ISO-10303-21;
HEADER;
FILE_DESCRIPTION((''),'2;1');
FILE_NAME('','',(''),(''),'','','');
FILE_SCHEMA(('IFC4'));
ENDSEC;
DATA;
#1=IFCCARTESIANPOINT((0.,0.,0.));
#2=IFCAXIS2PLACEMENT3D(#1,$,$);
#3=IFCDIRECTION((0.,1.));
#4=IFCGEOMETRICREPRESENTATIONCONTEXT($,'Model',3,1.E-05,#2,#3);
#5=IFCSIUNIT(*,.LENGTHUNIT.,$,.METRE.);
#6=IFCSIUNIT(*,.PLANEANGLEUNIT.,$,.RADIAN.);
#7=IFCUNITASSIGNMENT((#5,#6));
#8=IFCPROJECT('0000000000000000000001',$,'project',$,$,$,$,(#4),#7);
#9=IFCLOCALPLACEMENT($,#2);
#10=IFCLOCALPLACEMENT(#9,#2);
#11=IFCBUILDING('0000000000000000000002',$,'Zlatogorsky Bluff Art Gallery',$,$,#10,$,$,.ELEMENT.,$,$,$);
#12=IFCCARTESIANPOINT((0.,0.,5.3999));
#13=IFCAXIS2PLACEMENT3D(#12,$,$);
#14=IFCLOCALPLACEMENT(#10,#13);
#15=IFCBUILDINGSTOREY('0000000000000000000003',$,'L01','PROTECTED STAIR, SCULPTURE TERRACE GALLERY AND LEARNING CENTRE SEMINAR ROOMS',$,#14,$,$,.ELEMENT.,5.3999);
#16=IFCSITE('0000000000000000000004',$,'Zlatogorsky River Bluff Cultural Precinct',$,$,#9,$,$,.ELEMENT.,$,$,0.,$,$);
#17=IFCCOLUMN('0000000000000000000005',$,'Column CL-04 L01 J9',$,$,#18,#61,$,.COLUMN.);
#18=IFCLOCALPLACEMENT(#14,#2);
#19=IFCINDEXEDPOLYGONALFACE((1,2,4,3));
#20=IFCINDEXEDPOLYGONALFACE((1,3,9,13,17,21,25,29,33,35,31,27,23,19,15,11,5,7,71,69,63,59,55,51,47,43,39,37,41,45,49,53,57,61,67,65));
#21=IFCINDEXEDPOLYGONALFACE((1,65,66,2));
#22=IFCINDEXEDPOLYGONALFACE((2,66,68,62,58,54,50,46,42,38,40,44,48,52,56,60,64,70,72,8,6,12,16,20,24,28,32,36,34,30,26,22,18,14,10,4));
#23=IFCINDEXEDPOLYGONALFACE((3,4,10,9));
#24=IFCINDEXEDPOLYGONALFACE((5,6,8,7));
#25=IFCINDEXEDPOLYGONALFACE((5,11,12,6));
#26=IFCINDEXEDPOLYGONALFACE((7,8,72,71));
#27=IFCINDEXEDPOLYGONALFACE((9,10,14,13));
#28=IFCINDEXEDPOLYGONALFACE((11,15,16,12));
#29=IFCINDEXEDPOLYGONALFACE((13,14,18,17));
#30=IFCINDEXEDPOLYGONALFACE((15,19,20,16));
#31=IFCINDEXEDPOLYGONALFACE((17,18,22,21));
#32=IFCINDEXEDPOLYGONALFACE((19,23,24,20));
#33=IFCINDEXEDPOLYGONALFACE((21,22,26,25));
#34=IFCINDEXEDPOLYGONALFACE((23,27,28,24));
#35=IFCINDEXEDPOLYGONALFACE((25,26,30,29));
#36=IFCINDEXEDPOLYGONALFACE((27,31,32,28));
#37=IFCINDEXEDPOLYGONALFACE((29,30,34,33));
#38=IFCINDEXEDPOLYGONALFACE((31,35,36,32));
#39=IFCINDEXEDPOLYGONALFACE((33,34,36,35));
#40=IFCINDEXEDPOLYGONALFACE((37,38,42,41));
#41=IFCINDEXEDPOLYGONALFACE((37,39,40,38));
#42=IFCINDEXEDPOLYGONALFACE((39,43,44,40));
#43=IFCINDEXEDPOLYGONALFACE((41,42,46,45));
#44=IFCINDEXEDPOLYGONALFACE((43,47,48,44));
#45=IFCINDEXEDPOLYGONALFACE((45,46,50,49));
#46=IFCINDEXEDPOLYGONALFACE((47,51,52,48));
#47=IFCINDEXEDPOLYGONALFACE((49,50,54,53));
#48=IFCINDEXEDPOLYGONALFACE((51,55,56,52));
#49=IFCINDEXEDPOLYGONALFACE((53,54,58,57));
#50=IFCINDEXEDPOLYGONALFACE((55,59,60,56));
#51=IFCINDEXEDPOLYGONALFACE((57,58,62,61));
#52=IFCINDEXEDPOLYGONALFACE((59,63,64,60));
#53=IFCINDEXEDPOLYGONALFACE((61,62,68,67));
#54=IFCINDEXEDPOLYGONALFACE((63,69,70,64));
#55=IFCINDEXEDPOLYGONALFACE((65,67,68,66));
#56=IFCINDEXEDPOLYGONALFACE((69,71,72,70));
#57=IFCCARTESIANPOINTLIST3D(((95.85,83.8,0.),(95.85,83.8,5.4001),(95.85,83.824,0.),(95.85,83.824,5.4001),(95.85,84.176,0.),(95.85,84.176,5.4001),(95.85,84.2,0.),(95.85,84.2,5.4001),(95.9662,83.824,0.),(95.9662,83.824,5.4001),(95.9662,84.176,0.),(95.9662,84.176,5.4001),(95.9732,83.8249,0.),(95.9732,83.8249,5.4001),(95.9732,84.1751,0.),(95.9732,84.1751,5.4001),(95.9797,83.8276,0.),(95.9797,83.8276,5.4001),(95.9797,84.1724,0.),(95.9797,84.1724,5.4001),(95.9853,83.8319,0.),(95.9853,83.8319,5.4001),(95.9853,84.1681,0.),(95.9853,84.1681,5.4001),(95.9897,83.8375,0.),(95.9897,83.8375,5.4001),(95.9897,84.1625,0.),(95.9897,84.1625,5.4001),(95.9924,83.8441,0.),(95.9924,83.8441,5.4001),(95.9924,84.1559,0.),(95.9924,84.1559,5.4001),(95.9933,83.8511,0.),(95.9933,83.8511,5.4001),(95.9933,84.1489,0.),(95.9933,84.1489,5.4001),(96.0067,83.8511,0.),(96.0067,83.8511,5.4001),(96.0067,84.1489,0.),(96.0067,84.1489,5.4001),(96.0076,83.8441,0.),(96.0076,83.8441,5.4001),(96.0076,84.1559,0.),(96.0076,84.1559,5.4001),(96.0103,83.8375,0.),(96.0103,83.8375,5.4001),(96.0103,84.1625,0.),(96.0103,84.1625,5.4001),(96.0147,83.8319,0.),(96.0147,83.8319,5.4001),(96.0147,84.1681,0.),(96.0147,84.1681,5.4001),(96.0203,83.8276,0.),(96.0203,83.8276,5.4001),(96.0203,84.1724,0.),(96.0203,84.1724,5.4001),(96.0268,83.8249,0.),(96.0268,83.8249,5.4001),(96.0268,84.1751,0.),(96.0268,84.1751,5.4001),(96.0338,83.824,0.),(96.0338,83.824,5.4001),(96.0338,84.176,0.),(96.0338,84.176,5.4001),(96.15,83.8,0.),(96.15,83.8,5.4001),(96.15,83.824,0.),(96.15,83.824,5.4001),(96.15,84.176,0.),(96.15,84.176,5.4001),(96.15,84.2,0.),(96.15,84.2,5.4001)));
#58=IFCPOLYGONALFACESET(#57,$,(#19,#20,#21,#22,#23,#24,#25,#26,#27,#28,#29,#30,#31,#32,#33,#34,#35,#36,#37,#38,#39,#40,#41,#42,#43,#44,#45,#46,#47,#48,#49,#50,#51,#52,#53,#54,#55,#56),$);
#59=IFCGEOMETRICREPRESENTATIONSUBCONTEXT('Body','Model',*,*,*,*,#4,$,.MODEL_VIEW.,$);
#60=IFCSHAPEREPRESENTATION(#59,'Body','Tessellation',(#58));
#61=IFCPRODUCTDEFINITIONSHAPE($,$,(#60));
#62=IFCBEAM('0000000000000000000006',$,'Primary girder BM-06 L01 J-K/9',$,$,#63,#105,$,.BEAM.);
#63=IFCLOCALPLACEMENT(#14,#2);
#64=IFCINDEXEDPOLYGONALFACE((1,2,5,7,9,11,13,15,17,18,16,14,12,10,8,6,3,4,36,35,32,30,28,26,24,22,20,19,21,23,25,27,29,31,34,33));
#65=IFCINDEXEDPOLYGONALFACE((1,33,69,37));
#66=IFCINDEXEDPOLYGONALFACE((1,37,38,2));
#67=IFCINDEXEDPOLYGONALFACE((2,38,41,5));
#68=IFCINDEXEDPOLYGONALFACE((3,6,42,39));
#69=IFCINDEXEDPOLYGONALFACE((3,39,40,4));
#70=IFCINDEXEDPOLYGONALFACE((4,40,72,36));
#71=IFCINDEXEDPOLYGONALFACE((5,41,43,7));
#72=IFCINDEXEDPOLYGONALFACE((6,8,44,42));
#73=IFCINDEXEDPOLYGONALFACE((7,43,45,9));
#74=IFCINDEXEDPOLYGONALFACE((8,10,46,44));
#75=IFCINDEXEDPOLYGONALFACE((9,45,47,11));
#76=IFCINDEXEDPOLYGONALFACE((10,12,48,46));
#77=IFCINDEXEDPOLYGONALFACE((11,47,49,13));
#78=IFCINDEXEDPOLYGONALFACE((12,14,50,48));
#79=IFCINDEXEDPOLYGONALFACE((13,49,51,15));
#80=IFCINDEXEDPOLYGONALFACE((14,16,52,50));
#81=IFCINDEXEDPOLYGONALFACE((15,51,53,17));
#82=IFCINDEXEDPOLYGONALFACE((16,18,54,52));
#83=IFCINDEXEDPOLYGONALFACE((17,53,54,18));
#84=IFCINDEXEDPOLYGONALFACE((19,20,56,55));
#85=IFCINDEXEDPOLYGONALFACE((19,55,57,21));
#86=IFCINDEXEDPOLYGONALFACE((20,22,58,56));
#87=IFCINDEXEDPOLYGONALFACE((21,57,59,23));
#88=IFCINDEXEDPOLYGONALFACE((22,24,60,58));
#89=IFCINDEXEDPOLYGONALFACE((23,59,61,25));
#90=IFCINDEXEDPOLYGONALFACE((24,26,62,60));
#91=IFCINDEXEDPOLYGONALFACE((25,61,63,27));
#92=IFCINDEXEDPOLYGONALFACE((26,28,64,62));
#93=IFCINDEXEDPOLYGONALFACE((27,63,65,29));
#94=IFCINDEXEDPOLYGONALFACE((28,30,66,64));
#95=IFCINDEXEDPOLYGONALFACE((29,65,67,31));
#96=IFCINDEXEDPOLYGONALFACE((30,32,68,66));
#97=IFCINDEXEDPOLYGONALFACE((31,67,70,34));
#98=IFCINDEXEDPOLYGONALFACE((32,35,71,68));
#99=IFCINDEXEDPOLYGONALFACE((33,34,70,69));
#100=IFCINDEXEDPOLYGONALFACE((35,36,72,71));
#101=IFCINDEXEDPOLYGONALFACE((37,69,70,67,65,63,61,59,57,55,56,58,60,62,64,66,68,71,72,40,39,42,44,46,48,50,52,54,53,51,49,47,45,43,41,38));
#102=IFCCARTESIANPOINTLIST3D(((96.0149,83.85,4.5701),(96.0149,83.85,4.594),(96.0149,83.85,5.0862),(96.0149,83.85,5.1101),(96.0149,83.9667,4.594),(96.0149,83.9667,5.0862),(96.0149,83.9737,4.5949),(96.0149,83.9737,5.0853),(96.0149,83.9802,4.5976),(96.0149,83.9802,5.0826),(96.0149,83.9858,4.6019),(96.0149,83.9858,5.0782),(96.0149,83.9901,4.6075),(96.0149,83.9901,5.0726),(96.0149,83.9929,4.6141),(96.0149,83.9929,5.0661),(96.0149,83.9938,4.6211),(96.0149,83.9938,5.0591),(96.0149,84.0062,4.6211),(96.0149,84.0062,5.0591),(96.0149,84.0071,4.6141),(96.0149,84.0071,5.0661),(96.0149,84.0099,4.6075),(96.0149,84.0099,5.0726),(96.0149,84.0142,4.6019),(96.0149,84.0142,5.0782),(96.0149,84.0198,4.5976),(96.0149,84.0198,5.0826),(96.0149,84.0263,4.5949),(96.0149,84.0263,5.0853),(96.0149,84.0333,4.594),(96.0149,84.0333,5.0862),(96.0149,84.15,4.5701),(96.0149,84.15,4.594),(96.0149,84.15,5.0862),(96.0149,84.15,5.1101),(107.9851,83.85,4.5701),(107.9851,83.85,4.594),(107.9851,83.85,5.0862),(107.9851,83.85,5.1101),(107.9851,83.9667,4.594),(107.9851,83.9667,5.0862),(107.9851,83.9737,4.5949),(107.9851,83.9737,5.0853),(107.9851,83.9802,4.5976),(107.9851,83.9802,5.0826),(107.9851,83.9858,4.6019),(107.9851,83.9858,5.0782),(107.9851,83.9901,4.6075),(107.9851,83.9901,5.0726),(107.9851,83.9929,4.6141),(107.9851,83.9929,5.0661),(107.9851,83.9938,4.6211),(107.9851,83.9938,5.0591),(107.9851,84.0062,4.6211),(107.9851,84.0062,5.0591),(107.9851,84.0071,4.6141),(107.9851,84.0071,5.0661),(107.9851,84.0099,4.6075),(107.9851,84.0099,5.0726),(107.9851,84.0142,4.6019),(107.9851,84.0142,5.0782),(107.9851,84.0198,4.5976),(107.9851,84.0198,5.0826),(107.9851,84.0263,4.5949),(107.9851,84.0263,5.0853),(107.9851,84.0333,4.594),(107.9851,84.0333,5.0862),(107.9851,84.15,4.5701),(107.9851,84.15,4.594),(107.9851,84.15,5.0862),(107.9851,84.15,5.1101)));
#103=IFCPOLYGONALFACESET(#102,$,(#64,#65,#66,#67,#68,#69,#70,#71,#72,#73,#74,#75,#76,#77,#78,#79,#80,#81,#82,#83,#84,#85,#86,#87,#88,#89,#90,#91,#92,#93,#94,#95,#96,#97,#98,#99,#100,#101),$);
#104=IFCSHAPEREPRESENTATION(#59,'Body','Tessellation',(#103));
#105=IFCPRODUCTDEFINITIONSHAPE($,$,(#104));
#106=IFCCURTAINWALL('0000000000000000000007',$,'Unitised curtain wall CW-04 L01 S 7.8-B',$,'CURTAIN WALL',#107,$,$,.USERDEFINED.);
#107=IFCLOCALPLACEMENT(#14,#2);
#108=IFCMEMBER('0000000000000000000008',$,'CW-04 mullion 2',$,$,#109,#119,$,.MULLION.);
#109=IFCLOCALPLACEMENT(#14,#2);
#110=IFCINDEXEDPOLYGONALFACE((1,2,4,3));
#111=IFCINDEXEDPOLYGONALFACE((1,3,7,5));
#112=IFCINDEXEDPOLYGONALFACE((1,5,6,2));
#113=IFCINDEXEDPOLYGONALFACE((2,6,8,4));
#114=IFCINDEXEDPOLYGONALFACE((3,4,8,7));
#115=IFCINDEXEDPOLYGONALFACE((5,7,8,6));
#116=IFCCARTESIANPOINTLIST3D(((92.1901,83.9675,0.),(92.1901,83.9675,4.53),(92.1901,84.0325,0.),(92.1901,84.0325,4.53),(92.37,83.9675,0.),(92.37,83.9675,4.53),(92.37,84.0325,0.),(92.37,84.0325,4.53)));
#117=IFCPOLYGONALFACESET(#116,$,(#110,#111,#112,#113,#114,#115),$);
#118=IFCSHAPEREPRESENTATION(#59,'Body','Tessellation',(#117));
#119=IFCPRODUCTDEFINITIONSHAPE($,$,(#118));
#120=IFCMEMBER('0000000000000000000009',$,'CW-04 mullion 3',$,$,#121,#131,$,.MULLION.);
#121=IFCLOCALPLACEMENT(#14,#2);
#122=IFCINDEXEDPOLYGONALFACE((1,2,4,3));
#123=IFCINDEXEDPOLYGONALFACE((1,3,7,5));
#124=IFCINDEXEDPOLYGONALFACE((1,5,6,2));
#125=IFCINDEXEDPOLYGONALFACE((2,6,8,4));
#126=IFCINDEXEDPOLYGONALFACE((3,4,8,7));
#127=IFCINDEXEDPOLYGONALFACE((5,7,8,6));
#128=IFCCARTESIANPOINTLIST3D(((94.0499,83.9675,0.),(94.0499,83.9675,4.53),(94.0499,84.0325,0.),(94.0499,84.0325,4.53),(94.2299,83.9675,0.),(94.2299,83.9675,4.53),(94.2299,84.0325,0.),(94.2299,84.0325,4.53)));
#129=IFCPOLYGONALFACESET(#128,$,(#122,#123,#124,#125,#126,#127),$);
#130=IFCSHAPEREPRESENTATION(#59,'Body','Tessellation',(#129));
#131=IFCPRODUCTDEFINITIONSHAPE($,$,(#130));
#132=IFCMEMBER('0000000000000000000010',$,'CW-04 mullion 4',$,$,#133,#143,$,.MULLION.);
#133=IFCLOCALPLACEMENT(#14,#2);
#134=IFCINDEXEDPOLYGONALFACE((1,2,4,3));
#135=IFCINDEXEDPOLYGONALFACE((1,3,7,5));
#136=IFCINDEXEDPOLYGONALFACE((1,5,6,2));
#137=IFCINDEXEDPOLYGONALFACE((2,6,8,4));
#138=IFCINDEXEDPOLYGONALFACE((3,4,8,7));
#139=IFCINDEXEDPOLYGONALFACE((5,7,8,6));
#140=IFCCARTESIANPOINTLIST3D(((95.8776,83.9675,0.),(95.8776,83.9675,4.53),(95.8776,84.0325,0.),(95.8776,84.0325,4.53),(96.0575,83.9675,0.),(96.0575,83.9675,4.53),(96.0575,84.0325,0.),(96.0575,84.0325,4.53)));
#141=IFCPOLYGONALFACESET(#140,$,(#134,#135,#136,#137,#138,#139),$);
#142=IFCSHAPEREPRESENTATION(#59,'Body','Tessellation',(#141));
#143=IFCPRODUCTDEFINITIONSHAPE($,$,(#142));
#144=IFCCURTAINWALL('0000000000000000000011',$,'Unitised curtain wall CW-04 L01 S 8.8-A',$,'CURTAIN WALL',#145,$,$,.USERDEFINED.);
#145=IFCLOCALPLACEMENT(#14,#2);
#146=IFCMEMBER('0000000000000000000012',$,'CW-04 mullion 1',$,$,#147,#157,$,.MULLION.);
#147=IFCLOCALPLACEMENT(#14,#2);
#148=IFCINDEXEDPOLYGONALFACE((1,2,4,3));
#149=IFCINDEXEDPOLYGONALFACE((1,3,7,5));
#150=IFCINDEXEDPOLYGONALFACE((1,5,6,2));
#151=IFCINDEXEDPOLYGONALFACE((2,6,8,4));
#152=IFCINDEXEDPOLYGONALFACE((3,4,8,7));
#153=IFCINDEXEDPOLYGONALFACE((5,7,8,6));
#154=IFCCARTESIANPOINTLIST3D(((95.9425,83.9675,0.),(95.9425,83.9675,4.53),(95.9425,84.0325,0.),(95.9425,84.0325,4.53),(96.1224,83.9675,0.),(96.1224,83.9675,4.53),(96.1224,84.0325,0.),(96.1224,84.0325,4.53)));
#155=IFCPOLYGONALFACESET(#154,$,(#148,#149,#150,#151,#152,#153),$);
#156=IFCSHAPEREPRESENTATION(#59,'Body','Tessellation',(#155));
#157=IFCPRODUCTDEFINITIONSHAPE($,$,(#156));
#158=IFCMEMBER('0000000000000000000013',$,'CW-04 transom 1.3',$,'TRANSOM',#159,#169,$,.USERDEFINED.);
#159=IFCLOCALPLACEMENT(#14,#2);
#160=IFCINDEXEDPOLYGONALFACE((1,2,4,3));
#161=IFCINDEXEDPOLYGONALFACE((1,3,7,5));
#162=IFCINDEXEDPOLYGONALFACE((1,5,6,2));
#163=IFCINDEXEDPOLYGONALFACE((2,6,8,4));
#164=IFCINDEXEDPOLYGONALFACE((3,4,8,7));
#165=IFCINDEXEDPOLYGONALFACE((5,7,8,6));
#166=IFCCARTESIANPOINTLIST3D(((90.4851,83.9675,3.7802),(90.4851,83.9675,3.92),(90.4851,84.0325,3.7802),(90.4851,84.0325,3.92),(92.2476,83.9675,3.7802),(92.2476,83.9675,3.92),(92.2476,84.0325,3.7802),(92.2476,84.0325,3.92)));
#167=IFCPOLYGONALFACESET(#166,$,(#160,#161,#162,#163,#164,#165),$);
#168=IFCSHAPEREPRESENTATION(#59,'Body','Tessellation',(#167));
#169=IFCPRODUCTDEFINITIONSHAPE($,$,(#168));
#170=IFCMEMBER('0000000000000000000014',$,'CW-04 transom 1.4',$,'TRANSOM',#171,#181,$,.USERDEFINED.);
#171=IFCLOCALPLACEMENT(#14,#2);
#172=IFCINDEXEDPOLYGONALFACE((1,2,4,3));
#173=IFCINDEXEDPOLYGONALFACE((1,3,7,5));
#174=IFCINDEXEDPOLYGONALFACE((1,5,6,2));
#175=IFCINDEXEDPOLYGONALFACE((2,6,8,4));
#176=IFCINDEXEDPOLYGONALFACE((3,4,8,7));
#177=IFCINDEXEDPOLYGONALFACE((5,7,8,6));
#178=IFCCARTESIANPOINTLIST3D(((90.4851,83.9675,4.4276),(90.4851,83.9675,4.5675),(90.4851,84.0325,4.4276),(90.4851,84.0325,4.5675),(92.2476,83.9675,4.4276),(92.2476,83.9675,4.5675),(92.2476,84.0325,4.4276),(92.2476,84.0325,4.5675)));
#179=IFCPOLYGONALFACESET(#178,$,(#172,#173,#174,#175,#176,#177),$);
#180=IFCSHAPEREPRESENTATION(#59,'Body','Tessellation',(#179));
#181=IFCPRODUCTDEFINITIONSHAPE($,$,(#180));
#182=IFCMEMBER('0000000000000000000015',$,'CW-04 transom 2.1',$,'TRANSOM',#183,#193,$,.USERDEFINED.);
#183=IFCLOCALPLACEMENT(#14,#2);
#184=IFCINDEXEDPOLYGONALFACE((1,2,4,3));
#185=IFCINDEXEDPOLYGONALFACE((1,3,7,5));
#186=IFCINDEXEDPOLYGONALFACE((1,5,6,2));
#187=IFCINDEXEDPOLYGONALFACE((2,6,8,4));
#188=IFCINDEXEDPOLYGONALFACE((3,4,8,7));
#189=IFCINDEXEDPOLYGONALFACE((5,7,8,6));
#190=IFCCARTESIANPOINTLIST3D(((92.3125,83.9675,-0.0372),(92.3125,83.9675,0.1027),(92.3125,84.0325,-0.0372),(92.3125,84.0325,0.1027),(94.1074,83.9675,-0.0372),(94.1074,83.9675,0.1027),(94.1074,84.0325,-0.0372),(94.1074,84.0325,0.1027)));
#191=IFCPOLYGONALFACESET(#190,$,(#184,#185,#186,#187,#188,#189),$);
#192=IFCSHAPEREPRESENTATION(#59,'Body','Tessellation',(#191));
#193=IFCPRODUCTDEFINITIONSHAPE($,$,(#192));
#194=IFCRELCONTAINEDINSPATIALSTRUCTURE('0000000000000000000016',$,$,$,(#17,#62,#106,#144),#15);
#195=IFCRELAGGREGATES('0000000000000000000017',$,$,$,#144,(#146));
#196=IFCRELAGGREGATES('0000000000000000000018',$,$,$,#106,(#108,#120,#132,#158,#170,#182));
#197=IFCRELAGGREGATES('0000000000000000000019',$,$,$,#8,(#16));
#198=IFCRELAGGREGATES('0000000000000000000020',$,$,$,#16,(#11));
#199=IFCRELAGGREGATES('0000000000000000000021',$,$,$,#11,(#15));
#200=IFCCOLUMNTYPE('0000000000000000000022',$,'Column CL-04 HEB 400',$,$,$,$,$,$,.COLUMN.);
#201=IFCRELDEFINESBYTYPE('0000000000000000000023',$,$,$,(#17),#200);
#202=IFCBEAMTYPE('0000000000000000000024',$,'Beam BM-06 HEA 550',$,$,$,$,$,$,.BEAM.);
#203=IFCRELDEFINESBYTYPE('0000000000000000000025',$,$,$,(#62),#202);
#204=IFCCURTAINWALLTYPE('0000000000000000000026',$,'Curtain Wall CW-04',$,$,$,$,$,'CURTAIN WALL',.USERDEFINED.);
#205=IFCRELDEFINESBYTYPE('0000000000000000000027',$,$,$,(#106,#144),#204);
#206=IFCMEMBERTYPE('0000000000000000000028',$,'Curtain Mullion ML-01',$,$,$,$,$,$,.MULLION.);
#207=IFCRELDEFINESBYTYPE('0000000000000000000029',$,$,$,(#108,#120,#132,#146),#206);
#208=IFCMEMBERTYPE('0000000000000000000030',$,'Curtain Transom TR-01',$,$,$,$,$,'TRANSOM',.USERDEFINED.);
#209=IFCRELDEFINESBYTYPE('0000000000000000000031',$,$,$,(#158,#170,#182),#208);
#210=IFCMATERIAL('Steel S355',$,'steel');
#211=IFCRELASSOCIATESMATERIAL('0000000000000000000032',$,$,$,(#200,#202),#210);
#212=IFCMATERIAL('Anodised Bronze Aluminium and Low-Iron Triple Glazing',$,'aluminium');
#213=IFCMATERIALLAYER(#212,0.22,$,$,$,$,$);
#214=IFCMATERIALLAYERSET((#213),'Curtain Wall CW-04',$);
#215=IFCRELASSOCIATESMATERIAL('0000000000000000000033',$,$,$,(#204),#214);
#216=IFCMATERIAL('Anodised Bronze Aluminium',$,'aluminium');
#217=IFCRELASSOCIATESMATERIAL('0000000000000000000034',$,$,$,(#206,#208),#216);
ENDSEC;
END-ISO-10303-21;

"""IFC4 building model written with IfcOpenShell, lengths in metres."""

from ifc_helpers import new_model, si_unit, direction, frame, origin, origin_2d, place, context, subcontext, project, spatial, rectangle, i_section, extrude, material, layer, layer_set, material_profile, profile_set, type_object, element, aggregate, save


model = new_model("IFC4")

# Units and contexts
model_context = context("Model", 3, precision=1e-05, world=origin(), true_north=direction((0.0, 1.0)))
body_context = subcontext(model_context, "Body", "Model", "MODEL_VIEW")
ifc_project = project(units=[si_unit("LENGTHUNIT", "METRE"), si_unit("PLANEANGLEUNIT", "RADIAN")], contexts=[model_context])

# Site, building, storey
site_placement = place(None, origin())
site = spatial("IfcSite", under=ifc_project, at=site_placement, Name="Zlatogorsky River Bluff Cultural Precinct", CompositionType="ELEMENT", RefElevation=0.0)
building_placement = place(site_placement, origin())
building = spatial("IfcBuilding", under=site, at=building_placement, Name="Zlatogorsky Bluff Art Gallery", CompositionType="ELEMENT")
storey_placement = place(building_placement, frame((0.0, 0.0, 5.3999)))
storey = spatial("IfcBuildingStorey", under=building, at=storey_placement, Name="L01", Description="PROTECTED STAIR, SCULPTURE TERRACE GALLERY AND LEARNING CENTRE SEMINAR ROOMS", CompositionType="ELEMENT", Elevation=5.3999)

# Column
ifc_material_1 = material(Name="Steel S355", Category="steel")
ifc_material_profile_1 = material_profile(ifc_material_1, i_section(OverallWidth=0.3, OverallDepth=0.3999, WebThickness=0.0134, FlangeThickness=0.0239, FilletRadius=0.0271, at=origin_2d()), Name="HEB 400")
ifc_profile_set_1 = profile_set([ifc_material_profile_1], Name="Steel S355")
column_type = type_object("IfcColumnType", Name="Column CL-04 HEB 400", PredefinedType="COLUMN", material=ifc_profile_set_1)
column_placement = place(storey_placement, frame((96.0, 84.0, 0.0), z_axis=(0.0, 0.0, 1.0), x_axis=(1.0, 0.0, 0.0)))
element("IfcColumn", 1, at=column_placement, inside=storey, type_object=column_type, Name="Column CL-04 L01 J9", PredefinedType="COLUMN", context=body_context, shape_type="SweptSolid", body=[
    extrude(i_section(OverallWidth=0.3, OverallDepth=0.3999, WebThickness=0.0134, FlangeThickness=0.0239, FilletRadius=0.0271, at=origin_2d()), origin(), (0.0, 0.0, 1.0), 5.4001),
])

# Beam
ifc_material_profile_2 = material_profile(ifc_material_1, i_section(OverallWidth=0.3, OverallDepth=0.54, WebThickness=0.0125, FlangeThickness=0.0239, FilletRadius=0.0271, at=origin_2d()), Name="HEA 550")
ifc_profile_set_2 = profile_set([ifc_material_profile_2], Name="Steel S355")
beam_type = type_object("IfcBeamType", Name="Beam BM-06 HEA 550", PredefinedType="BEAM", material=ifc_profile_set_2)
beam_placement = place(storey_placement, frame((96.0149, 84.0, 4.8401), z_axis=(1.0, 0.0, 0.0), x_axis=(0.0, 1.0, 0.0)))
element("IfcBeam", 2, at=beam_placement, inside=storey, type_object=beam_type, Name="Primary girder BM-06 L01 J-K/9", PredefinedType="BEAM", context=body_context, shape_type="SweptSolid", body=[
    extrude(i_section(OverallWidth=0.3, OverallDepth=0.54, WebThickness=0.0125, FlangeThickness=0.0239, FilletRadius=0.0271, at=origin_2d()), origin(), (0.0, 0.0, 1.0), 11.9702),
])

# Curtain wall, members
ifc_material_2 = material(Name="Anodised Bronze Aluminium and Low-Iron Triple Glazing", Category="aluminium")
ifc_layer_1 = layer(ifc_material_2, 0.22)
ifc_layer_set_1 = layer_set([ifc_layer_1], Name="Curtain Wall CW-04")
curtain_wall_type = type_object("IfcCurtainWallType", Name="Curtain Wall CW-04", ElementType="CURTAIN WALL", PredefinedType="USERDEFINED", material=ifc_layer_set_1)
curtain_wall_1_placement = place(storey_placement, origin())
curtain_wall_1 = element("IfcCurtainWall", 3, at=curtain_wall_1_placement, inside=storey, type_object=curtain_wall_type, Name="Unitised curtain wall CW-04 L01 S 7.8-B", ObjectType="CURTAIN WALL", PredefinedType="USERDEFINED")
ifc_material_3 = material(Name="Anodised Bronze Aluminium", Category="aluminium")
ifc_material_profile_3 = material_profile(ifc_material_3, rectangle(XDim=0.0649, YDim=0.1799, at=origin_2d()), Name="ALU MULLION 65x180")
ifc_profile_set_3 = profile_set([ifc_material_profile_3], Name="Anodised Bronze Aluminium")
member_type_1 = type_object("IfcMemberType", Name="Curtain Mullion ML-01", PredefinedType="MULLION", material=ifc_profile_set_3)
member_1_placement = place(storey_placement, frame((92.28, 84.0, 0.0), z_axis=(0.0, 0.0, 1.0), x_axis=(0.0, 1.0, 0.0)))
member_1 = element("IfcMember", 4, at=member_1_placement, type_object=member_type_1, Name="CW-04 mullion 2", PredefinedType="MULLION", context=body_context, shape_type="SweptSolid", body=[
    extrude(rectangle(XDim=0.0649, YDim=0.1799, at=origin_2d()), origin(), (0.0, 0.0, 1.0), 4.53),
])
member_2_placement = place(storey_placement, frame((94.1399, 84.0, 0.0), z_axis=(0.0, 0.0, 1.0), x_axis=(0.0, 1.0, 0.0)))
member_2 = element("IfcMember", 5, at=member_2_placement, type_object=member_type_1, Name="CW-04 mullion 3", PredefinedType="MULLION", context=body_context, shape_type="SweptSolid", body=[
    extrude(rectangle(XDim=0.0649, YDim=0.1799, at=origin_2d()), origin(), (0.0, 0.0, 1.0), 4.53),
])
member_3_placement = place(storey_placement, frame((95.9675, 84.0, 0.0), z_axis=(0.0, 0.0, 1.0), x_axis=(0.0, 1.0, 0.0)))
member_3 = element("IfcMember", 6, at=member_3_placement, type_object=member_type_1, Name="CW-04 mullion 4", PredefinedType="MULLION", context=body_context, shape_type="SweptSolid", body=[
    extrude(rectangle(XDim=0.0649, YDim=0.1799, at=origin_2d()), origin(), (0.0, 0.0, 1.0), 4.53),
])

# Curtain wall, member
curtain_wall_2_placement = place(storey_placement, origin())
curtain_wall_2 = element("IfcCurtainWall", 7, at=curtain_wall_2_placement, inside=storey, type_object=curtain_wall_type, Name="Unitised curtain wall CW-04 L01 S 8.8-A", ObjectType="CURTAIN WALL", PredefinedType="USERDEFINED")
member_4_placement = place(storey_placement, frame((96.0325, 84.0, 0.0), z_axis=(0.0, 0.0, 1.0), x_axis=(0.0, 1.0, 0.0)))
member_4 = element("IfcMember", 8, at=member_4_placement, type_object=member_type_1, Name="CW-04 mullion 1", PredefinedType="MULLION", context=body_context, shape_type="SweptSolid", body=[
    extrude(rectangle(XDim=0.0649, YDim=0.1799, at=origin_2d()), origin(), (0.0, 0.0, 1.0), 4.53),
])

# Members
ifc_material_profile_4 = material_profile(ifc_material_3, rectangle(XDim=0.0649, YDim=0.1399, at=origin_2d()), Name="ALU TRANSOM 65x140")
ifc_profile_set_4 = profile_set([ifc_material_profile_4], Name="Anodised Bronze Aluminium")
member_type_2 = type_object("IfcMemberType", Name="Curtain Transom TR-01", ElementType="TRANSOM", PredefinedType="USERDEFINED", material=ifc_profile_set_4)
member_5_placement = place(storey_placement, frame((90.4851, 84.0, 3.8501), z_axis=(1.0, 0.0, 0.0), x_axis=(0.0, 1.0, 0.0)))
member_5 = element("IfcMember", 9, at=member_5_placement, type_object=member_type_2, Name="CW-04 transom 1.3", ObjectType="TRANSOM", PredefinedType="USERDEFINED", context=body_context, shape_type="SweptSolid", body=[
    extrude(rectangle(XDim=0.0649, YDim=0.1399, at=origin_2d()), origin(), (0.0, 0.0, 1.0), 1.7625),
])
member_6_placement = place(storey_placement, frame((90.4851, 84.0, 4.4976), z_axis=(1.0, 0.0, 0.0), x_axis=(0.0, 1.0, 0.0)))
member_6 = element("IfcMember", 10, at=member_6_placement, type_object=member_type_2, Name="CW-04 transom 1.4", ObjectType="TRANSOM", PredefinedType="USERDEFINED", context=body_context, shape_type="SweptSolid", body=[
    extrude(rectangle(XDim=0.0649, YDim=0.1399, at=origin_2d()), origin(), (0.0, 0.0, 1.0), 1.7625),
])
member_7_placement = place(storey_placement, frame((92.3125, 84.0, 0.0327), z_axis=(1.0, 0.0, 0.0), x_axis=(0.0, 1.0, 0.0)))
member_7 = element("IfcMember", 11, at=member_7_placement, type_object=member_type_2, Name="CW-04 transom 2.1", ObjectType="TRANSOM", PredefinedType="USERDEFINED", context=body_context, shape_type="SweptSolid", body=[
    extrude(rectangle(XDim=0.0649, YDim=0.1399, at=origin_2d()), origin(), (0.0, 0.0, 1.0), 1.7949),
])
aggregate(curtain_wall_2, [member_4])

aggregate(curtain_wall_1, [member_1, member_2, member_3, member_5, member_6, member_7])

save(model, "model.ifc")
